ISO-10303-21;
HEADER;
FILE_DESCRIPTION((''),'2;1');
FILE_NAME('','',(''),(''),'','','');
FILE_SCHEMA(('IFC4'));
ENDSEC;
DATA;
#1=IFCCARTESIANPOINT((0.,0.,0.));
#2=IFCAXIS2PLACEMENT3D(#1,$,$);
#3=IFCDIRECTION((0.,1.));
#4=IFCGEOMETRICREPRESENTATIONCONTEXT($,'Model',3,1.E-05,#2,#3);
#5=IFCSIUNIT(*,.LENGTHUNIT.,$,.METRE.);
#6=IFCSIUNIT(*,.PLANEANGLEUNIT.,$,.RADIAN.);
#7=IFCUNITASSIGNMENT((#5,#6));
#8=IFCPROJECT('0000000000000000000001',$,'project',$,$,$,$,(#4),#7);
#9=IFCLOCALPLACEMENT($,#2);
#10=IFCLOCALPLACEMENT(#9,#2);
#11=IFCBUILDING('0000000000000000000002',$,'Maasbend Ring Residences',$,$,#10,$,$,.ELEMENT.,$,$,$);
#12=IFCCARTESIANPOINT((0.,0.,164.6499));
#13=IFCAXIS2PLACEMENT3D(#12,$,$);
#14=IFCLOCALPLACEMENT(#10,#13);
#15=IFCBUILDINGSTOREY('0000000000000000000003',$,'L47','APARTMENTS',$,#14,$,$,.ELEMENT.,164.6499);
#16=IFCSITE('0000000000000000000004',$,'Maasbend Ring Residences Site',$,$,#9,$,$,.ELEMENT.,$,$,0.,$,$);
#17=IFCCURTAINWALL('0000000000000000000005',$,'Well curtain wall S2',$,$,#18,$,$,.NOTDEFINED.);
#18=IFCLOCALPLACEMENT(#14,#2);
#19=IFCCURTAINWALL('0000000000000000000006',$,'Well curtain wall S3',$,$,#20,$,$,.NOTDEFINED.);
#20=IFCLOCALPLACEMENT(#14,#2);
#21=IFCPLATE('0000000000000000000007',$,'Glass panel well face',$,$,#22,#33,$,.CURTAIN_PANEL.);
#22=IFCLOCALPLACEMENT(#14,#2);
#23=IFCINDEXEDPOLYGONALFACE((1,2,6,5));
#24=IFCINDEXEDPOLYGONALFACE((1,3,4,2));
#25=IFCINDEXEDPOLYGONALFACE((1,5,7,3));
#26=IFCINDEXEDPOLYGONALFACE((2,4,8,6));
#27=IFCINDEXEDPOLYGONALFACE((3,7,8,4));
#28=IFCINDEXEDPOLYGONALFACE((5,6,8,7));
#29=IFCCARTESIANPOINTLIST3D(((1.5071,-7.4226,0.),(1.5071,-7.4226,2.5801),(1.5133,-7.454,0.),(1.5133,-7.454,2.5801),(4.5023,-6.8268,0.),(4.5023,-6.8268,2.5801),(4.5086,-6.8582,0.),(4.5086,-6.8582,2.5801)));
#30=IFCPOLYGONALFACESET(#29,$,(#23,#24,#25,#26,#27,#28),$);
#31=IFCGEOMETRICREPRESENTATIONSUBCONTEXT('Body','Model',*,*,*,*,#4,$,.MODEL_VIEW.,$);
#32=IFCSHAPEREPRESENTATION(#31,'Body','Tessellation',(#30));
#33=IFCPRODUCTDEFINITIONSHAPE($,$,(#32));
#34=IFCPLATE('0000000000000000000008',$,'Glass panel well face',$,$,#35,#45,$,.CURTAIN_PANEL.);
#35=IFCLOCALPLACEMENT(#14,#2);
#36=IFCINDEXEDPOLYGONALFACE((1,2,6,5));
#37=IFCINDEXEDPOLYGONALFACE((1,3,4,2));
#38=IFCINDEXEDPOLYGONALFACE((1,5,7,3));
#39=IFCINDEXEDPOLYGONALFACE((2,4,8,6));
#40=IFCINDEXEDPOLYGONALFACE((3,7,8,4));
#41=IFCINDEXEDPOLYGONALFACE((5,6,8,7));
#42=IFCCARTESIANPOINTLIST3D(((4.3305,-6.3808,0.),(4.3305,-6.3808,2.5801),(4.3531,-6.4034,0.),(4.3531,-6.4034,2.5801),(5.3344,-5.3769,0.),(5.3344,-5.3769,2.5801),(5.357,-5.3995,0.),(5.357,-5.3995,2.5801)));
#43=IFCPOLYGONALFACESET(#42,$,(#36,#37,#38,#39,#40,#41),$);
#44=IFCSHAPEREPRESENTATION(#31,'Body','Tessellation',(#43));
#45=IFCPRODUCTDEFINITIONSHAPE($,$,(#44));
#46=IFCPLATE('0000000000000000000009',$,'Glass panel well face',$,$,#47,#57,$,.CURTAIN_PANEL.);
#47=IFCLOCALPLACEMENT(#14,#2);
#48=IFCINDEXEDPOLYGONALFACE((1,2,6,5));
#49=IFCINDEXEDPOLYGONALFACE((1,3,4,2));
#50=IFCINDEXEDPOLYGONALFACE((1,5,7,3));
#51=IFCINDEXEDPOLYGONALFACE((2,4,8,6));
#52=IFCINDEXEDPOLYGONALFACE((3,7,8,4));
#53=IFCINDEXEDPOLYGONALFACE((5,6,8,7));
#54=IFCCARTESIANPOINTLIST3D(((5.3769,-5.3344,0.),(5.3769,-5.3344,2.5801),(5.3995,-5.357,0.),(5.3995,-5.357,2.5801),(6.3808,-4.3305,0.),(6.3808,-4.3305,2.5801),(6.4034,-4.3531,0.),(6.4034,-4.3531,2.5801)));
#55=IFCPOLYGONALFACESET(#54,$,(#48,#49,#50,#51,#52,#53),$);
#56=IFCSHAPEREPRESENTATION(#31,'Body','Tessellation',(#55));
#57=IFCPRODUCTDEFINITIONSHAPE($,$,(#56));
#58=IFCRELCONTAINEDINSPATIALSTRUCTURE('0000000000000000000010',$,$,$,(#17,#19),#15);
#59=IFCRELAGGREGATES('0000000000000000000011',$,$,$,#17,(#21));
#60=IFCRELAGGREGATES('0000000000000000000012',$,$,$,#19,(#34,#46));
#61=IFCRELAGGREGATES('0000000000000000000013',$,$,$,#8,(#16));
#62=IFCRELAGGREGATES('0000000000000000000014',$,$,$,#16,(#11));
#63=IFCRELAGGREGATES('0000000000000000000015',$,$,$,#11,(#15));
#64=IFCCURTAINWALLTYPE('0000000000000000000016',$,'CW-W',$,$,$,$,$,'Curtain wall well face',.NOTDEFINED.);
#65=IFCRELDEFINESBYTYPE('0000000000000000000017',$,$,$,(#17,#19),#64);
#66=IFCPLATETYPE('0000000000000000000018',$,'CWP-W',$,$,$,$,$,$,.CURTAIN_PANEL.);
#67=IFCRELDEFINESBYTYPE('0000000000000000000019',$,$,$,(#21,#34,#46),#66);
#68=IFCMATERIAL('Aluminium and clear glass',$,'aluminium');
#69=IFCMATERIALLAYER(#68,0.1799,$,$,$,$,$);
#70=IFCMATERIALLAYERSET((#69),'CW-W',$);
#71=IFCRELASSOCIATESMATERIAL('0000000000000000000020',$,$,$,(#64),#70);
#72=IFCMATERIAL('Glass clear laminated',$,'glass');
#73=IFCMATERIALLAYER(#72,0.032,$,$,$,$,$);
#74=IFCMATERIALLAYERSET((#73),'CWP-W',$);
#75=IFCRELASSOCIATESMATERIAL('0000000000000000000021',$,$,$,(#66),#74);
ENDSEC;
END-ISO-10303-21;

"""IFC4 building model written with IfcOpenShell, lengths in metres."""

from ifc_helpers import new_model, si_unit, direction, frame, origin, origin_2d, place, context, subcontext, project, spatial, rectangle, extrude, material, layer, layer_set, type_object, element, aggregate, save


model = new_model("IFC4")

# Units and contexts
model_context = context("Model", 3, precision=1e-05, world=origin(), true_north=direction((0.0, 1.0)))
body_context = subcontext(model_context, "Body", "Model", "MODEL_VIEW")
ifc_project = project(units=[si_unit("LENGTHUNIT", "METRE"), si_unit("PLANEANGLEUNIT", "RADIAN")], contexts=[model_context])

# Site, building, storey
site_placement = place(None, origin())
site = spatial("IfcSite", under=ifc_project, at=site_placement, Name="Maasbend Ring Residences Site", CompositionType="ELEMENT", RefElevation=0.0)
building_placement = place(site_placement, origin())
building = spatial("IfcBuilding", under=site, at=building_placement, Name="Maasbend Ring Residences", CompositionType="ELEMENT")
storey_placement = place(building_placement, frame((0.0, 0.0, 164.6499)))
storey = spatial("IfcBuildingStorey", under=building, at=storey_placement, Name="L47", Description="APARTMENTS", CompositionType="ELEMENT", Elevation=164.6499)

# Curtain walls
ifc_material_1 = material(Name="Aluminium and clear glass", Category="aluminium")
ifc_layer_1 = layer(ifc_material_1, 0.1799)
ifc_layer_set_1 = layer_set([ifc_layer_1], Name="CW-W")
curtain_wall_type = type_object("IfcCurtainWallType", Name="CW-W", ElementType="Curtain wall well face", PredefinedType="NOTDEFINED", material=ifc_layer_set_1)
curtain_wall_1_placement = place(storey_placement, origin())
curtain_wall_1 = element("IfcCurtainWall", 1, at=curtain_wall_1_placement, inside=storey, type_object=curtain_wall_type, Name="Well curtain wall S2", PredefinedType="NOTDEFINED")
curtain_wall_2_placement = place(storey_placement, origin())
curtain_wall_2 = element("IfcCurtainWall", 2, at=curtain_wall_2_placement, inside=storey, type_object=curtain_wall_type, Name="Well curtain wall S3", PredefinedType="NOTDEFINED")

# Plates
ifc_material_2 = material(Name="Glass clear laminated", Category="glass")
ifc_layer_2 = layer(ifc_material_2, 0.032)
ifc_layer_set_2 = layer_set([ifc_layer_2], Name="CWP-W")
plate_type = type_object("IfcPlateType", Name="CWP-W", PredefinedType="CURTAIN_PANEL", material=ifc_layer_set_2)
plate_1_placement = place(storey_placement, frame((3.0078, -7.1404, 0.0), z_axis=(0.0, 0.0, 1.0), x_axis=(0.980785, 0.19509, 0.0)))
plate_1 = element("IfcPlate", 3, at=plate_1_placement, type_object=plate_type, Name="Glass panel well face", PredefinedType="CURTAIN_PANEL", context=body_context, shape_type="SweptSolid", body=[
    extrude(rectangle(XDim=3.054, YDim=0.032, at=origin_2d()), origin(), (0.0, 0.0, 1.0), 2.5801),
])
aggregate(curtain_wall_1, [plate_1])
plate_2_placement = place(storey_placement, frame((4.8438, -5.8901, 0.0), z_axis=(0.0, 0.0, 1.0), x_axis=(0.707107, 0.707107, 0.0)))
plate_2 = element("IfcPlate", 4, at=plate_2_placement, type_object=plate_type, Name="Glass panel well face", PredefinedType="CURTAIN_PANEL", context=body_context, shape_type="SweptSolid", body=[
    extrude(rectangle(XDim=1.4197, YDim=0.032, at=origin_2d()), origin(), (0.0, 0.0, 1.0), 2.5801),
])
plate_3_placement = place(storey_placement, frame((5.8901, -4.8438, 0.0), z_axis=(0.0, 0.0, 1.0), x_axis=(0.707107, 0.707107, 0.0)))
plate_3 = element("IfcPlate", 5, at=plate_3_placement, type_object=plate_type, Name="Glass panel well face", PredefinedType="CURTAIN_PANEL", context=body_context, shape_type="SweptSolid", body=[
    extrude(rectangle(XDim=1.4197, YDim=0.032, at=origin_2d()), origin(), (0.0, 0.0, 1.0), 2.5801),
])
aggregate(curtain_wall_2, [plate_2, plate_3])

save(model, "model.ifc")
